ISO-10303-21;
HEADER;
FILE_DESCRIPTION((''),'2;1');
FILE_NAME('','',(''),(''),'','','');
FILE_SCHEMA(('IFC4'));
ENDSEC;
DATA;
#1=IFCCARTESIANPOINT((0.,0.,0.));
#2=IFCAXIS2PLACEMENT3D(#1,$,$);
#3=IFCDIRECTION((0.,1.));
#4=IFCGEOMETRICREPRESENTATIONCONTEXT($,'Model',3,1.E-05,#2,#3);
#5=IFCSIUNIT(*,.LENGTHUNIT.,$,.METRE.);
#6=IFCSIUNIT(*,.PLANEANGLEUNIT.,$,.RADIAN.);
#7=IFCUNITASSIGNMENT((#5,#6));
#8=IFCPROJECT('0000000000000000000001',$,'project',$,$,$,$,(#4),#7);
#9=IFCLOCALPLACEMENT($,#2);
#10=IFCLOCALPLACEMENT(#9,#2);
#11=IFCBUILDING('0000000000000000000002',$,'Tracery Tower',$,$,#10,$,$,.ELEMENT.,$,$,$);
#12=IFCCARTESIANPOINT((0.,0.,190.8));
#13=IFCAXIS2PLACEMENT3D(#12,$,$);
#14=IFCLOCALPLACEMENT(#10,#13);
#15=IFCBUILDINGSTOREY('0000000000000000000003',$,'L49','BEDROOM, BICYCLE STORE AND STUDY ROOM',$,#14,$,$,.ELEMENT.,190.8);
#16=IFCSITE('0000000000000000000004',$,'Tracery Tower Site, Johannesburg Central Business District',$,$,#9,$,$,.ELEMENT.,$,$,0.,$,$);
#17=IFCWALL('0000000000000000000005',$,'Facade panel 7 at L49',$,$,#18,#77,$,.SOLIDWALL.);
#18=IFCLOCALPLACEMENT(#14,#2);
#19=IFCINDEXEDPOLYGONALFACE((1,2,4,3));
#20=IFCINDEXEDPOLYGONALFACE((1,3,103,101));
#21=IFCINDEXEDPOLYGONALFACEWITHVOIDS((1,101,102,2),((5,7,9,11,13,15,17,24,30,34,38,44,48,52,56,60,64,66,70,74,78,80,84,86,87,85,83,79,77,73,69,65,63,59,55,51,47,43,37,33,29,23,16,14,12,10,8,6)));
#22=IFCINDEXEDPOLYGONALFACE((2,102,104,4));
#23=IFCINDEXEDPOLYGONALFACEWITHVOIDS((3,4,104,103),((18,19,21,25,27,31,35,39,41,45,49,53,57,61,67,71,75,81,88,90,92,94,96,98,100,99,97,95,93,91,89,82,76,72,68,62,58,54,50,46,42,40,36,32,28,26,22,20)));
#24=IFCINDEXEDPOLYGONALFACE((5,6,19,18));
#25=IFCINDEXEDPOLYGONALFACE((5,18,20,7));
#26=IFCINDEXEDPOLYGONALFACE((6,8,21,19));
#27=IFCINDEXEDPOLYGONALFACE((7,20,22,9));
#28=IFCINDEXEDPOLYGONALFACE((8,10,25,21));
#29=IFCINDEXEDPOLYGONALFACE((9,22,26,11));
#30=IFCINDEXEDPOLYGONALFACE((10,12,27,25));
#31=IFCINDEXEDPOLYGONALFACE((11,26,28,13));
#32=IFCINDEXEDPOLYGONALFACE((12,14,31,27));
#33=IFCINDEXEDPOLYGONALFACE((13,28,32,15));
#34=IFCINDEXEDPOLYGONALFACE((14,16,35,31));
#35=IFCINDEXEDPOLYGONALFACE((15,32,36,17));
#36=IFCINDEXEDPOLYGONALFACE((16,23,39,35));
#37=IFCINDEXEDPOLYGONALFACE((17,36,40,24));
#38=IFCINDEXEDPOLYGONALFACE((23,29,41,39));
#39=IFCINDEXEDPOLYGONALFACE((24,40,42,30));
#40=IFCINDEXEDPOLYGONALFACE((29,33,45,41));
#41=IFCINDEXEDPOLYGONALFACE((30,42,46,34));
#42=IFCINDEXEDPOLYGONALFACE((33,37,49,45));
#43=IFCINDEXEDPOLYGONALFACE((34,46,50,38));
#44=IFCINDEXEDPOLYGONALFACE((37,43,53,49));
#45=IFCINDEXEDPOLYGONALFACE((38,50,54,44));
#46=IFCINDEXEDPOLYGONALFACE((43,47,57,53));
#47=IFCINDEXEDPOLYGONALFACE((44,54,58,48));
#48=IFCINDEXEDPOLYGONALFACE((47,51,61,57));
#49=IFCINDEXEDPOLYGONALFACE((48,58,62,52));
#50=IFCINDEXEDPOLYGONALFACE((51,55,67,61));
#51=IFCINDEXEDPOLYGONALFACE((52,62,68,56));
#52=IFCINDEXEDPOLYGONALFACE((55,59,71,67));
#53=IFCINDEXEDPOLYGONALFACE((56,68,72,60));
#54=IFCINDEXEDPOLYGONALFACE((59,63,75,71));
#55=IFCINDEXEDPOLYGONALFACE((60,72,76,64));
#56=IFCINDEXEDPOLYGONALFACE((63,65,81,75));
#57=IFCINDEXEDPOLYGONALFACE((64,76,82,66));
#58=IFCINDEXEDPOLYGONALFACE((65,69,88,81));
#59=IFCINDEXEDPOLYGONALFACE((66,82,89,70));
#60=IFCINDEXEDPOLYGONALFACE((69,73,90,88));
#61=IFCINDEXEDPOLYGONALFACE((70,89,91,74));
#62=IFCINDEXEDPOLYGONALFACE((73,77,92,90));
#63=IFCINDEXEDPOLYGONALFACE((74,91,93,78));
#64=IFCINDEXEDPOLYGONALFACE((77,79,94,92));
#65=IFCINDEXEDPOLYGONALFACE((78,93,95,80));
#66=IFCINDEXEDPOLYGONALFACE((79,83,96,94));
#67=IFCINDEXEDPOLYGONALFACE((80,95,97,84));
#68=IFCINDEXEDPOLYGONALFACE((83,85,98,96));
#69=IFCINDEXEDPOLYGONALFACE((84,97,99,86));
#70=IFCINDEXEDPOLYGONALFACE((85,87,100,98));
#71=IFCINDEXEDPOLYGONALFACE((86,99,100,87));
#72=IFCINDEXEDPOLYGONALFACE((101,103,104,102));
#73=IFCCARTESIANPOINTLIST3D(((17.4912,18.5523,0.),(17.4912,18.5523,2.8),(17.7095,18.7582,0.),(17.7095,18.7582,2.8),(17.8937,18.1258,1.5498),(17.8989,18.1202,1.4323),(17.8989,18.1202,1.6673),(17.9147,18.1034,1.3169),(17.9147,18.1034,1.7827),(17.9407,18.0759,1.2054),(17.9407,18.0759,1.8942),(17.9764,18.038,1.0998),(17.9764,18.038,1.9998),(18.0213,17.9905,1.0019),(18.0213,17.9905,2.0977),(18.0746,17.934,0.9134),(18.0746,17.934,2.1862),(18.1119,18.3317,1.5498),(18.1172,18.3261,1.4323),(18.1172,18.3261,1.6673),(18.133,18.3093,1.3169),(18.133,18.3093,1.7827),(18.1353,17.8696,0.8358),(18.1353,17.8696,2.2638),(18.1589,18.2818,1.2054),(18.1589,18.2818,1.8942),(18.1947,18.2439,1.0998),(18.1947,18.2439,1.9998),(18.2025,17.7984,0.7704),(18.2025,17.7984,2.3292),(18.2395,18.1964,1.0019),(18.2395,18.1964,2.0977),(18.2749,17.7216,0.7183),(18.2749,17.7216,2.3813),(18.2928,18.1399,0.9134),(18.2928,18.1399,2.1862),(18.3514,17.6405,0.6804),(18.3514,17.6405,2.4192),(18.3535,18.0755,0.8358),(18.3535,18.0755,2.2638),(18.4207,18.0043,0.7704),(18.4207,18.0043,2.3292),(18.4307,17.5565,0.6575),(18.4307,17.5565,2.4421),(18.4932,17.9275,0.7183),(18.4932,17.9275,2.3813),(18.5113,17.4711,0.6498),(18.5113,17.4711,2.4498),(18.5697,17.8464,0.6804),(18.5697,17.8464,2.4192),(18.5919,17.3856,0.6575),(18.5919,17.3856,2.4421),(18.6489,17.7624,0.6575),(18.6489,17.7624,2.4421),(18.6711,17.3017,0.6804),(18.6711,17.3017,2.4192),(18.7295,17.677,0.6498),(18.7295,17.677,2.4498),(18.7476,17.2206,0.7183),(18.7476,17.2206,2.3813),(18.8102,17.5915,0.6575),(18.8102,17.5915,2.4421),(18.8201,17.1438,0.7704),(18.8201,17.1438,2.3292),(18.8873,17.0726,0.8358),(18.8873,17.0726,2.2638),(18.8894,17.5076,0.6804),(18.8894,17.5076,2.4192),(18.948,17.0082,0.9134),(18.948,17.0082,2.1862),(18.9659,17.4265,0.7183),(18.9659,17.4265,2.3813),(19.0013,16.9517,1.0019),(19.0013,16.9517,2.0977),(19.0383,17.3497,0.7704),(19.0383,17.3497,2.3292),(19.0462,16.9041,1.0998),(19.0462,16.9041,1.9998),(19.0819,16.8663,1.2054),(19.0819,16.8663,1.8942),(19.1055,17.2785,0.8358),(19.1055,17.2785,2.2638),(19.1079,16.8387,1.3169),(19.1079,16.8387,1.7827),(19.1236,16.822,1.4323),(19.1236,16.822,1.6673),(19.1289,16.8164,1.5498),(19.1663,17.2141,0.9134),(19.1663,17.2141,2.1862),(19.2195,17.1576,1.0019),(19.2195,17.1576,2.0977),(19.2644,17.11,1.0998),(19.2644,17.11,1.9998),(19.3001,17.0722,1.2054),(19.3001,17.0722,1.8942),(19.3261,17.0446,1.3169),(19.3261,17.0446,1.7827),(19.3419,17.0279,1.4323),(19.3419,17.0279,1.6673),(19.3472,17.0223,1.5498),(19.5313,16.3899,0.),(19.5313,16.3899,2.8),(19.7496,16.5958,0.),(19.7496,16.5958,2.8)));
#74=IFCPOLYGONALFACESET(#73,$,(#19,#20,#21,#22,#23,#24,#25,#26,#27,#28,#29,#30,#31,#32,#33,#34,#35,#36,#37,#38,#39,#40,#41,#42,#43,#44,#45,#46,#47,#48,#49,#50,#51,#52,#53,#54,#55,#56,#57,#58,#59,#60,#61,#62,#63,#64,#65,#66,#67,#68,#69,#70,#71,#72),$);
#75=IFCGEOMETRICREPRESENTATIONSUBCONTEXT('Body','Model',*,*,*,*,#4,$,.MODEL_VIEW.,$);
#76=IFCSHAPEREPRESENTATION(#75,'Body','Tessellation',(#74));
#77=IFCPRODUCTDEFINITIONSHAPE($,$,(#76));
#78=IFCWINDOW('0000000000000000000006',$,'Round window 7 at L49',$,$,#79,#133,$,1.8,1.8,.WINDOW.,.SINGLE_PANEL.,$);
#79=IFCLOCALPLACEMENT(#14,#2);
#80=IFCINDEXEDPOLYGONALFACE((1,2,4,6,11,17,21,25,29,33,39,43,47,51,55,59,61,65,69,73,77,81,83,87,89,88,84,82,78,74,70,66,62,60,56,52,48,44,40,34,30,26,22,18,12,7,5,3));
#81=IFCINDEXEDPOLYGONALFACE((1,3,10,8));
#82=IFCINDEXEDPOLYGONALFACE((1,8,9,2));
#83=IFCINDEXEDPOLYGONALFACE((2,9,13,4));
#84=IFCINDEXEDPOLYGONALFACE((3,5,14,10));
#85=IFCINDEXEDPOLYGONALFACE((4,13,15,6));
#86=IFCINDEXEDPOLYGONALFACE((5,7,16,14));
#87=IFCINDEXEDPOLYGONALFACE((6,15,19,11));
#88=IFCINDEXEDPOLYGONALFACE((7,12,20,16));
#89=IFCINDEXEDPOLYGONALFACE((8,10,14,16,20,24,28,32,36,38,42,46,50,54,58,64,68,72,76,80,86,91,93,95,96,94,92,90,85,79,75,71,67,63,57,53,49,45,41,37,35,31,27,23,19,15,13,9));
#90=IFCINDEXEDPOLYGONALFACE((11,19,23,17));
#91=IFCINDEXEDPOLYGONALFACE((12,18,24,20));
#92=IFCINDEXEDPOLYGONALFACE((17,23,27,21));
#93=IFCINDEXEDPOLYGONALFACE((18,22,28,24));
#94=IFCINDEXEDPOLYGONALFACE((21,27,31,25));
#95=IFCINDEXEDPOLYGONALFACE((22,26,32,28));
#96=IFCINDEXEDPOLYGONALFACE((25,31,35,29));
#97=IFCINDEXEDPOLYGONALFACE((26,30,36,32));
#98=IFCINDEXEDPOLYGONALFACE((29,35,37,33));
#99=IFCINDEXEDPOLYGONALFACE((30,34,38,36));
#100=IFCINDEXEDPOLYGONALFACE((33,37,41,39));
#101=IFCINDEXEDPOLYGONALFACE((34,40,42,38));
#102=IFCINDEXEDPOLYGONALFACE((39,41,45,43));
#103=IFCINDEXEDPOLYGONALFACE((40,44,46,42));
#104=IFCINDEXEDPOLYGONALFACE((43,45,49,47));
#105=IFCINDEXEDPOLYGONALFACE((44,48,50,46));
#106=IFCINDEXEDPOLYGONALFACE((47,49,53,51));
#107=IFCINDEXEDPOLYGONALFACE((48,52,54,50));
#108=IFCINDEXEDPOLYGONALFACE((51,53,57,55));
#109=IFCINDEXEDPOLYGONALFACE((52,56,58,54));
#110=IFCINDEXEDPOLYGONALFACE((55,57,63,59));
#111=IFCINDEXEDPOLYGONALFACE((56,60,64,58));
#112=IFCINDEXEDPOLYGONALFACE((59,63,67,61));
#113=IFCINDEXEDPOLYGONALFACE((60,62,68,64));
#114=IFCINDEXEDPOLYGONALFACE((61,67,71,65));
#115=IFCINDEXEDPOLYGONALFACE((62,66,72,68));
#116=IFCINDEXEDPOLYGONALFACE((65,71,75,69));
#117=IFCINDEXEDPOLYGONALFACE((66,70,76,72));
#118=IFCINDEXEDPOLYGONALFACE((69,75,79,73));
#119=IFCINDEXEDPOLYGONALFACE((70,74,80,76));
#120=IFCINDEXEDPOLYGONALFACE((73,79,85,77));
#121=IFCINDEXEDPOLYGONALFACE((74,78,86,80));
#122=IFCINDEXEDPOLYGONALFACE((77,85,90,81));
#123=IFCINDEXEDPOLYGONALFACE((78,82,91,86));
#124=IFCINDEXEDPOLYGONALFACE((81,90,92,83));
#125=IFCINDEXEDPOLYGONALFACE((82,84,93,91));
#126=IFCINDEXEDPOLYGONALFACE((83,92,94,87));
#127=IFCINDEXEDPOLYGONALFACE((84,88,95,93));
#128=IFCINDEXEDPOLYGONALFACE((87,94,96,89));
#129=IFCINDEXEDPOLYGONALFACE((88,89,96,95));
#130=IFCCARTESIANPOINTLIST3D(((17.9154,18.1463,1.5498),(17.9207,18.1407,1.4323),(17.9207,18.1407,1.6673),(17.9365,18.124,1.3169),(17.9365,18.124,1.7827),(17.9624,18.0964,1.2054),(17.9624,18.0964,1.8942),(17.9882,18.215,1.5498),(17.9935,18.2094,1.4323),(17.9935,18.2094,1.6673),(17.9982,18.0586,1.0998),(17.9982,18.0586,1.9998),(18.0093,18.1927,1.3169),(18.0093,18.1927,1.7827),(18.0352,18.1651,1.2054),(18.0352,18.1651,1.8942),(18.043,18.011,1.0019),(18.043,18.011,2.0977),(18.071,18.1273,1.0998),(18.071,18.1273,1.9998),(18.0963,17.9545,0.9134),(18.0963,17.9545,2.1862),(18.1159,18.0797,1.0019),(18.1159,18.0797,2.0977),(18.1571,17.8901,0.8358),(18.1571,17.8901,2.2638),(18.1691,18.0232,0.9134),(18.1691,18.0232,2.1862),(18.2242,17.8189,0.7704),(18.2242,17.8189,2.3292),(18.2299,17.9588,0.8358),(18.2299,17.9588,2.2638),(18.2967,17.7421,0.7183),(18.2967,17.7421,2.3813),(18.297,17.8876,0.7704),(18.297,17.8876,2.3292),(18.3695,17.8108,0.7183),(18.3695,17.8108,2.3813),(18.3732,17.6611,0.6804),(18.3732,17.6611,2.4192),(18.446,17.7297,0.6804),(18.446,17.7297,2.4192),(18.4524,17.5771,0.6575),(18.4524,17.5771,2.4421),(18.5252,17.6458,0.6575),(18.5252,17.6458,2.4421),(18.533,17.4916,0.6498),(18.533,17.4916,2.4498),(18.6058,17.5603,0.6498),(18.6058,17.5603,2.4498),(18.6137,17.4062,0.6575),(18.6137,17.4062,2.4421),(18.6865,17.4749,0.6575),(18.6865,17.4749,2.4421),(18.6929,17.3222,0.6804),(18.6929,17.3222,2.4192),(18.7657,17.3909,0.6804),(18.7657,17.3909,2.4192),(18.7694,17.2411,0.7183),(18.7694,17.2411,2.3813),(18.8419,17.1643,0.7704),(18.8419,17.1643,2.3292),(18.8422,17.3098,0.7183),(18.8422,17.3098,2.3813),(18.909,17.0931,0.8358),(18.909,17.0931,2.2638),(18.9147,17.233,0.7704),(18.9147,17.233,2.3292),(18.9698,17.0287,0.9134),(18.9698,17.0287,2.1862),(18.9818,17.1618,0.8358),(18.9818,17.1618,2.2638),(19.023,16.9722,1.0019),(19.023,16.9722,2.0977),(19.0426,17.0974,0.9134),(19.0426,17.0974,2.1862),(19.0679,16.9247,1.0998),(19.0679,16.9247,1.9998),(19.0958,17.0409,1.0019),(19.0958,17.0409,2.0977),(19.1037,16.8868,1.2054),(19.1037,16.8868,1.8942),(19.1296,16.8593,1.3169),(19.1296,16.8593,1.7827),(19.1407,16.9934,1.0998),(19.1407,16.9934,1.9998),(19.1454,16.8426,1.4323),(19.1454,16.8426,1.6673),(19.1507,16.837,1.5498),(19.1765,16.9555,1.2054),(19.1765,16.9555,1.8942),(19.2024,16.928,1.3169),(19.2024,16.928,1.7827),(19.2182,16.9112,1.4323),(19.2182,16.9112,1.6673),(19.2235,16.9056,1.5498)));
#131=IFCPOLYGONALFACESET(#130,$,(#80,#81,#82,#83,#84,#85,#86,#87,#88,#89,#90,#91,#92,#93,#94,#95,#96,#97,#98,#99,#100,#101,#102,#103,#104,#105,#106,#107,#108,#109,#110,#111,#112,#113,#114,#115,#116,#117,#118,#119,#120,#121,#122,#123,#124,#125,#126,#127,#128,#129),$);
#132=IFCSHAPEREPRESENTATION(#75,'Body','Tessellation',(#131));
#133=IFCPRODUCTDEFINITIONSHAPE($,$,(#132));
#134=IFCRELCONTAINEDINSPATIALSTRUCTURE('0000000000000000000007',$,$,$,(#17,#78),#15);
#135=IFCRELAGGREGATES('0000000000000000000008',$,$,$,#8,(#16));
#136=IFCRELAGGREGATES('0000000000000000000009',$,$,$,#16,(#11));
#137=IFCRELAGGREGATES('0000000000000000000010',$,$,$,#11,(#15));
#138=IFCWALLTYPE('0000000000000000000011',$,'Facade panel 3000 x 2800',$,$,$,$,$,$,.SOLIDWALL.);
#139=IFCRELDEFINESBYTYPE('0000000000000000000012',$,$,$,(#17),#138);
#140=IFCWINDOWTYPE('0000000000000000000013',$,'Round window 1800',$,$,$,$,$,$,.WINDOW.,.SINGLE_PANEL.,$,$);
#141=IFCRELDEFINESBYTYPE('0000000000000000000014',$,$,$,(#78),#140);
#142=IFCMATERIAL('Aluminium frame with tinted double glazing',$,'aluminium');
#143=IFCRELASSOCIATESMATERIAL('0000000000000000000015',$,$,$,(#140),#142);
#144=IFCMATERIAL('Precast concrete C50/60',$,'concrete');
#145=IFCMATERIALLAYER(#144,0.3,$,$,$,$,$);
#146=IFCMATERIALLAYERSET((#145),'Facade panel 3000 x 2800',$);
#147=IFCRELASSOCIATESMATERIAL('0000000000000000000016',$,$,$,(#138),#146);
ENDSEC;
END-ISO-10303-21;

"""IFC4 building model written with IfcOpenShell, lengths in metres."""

from ifc_helpers import new_model, si_unit, direction, frame, frame_2d, origin, origin_2d, place, context, subcontext, project, spatial, rectangle, circle, extrude, material, layer, layer_set, type_object, element, fill, save


model = new_model("IFC4")

# Units and contexts
model_context = context("Model", 3, precision=1e-05, world=origin(), true_north=direction((0.0, 1.0)))
body_context = subcontext(model_context, "Body", "Model", "MODEL_VIEW")
ifc_project = project(units=[si_unit("LENGTHUNIT", "METRE"), si_unit("PLANEANGLEUNIT", "RADIAN")], contexts=[model_context])

# Site, building, storey
site_placement = place(None, origin())
site = spatial("IfcSite", under=ifc_project, at=site_placement, Name="Tracery Tower Site, Johannesburg Central Business District", CompositionType="ELEMENT", RefElevation=0.0)
building_placement = place(site_placement, origin())
building = spatial("IfcBuilding", under=site, at=building_placement, Name="Tracery Tower", CompositionType="ELEMENT")
storey_placement = place(building_placement, frame((0.0, 0.0, 190.8)))
storey = spatial("IfcBuildingStorey", under=building, at=storey_placement, Name="L49", Description="BEDROOM, BICYCLE STORE AND STUDY ROOM", CompositionType="ELEMENT", Elevation=190.8)

# Wall, opening, window
ifc_material_1 = material(Name="Aluminium frame with tinted double glazing", Category="aluminium")
window_type = type_object("IfcWindowType", Name="Round window 1800", PartitioningType="SINGLE_PANEL", PredefinedType="WINDOW", material=ifc_material_1)
ifc_material_2 = material(Name="Precast concrete C50/60", Category="concrete")
ifc_layer_1 = layer(ifc_material_2, 0.3)
ifc_layer_set_1 = layer_set([ifc_layer_1], Name="Facade panel 3000 x 2800")
wall_type_1 = type_object("IfcWallType", Name="Facade panel 3000 x 2800", PredefinedType="SOLIDWALL", material=ifc_layer_set_1)
wall_1_placement = place(storey_placement, frame((19.6404, 16.4929, 0.0), z_axis=(0.0, 0.0, 1.0), x_axis=(-0.686235, 0.72738, 0.0)))
wall_1 = element("IfcWall", 1, at=wall_1_placement, inside=storey, type_object=wall_type_1, Name="Facade panel 7 at L49", PredefinedType="SOLIDWALL", context=body_context, shape_type="SweptSolid", body=[
    extrude(rectangle(XDim=2.9729, YDim=0.3, at=frame_2d((1.4863, 0.0))), origin(), (0.0, 0.0, 1.0), 2.8),
])
opening_1_placement = place(wall_1_placement, frame((1.4863, 0.0, 1.5498)))
opening_1 = element("IfcOpeningElement", 2, at=opening_1_placement, cuts=wall_1, PredefinedType="OPENING", context=body_context, shape_type="SweptSolid", body=[
    extrude(circle(Radius=0.9, at=origin_2d()), frame((0.0, 0.1599, 0.0), z_axis=(0.0, -1.0, 0.0), x_axis=(1.0, 0.0, 0.0)), (0.0, 0.0, 1.0), 0.3201),
])
window_1_placement = place(opening_1_placement, origin())
window_1 = element("IfcWindow", 3, at=window_1_placement, inside=storey, type_object=window_type, Name="Round window 7 at L49", OverallHeight=1.8, OverallWidth=1.8, PartitioningType="SINGLE_PANEL", PredefinedType="WINDOW", context=body_context, shape_type="SweptSolid", body=[
    extrude(circle(Radius=0.9, at=origin_2d()), frame((0.0, 0.1201, 0.0), z_axis=(0.0, -1.0, 0.0), x_axis=(1.0, 0.0, 0.0)), (0.0, 0.0, 1.0), 0.1001),
])
fill(opening_1, window_1)

save(model, "model.ifc")
